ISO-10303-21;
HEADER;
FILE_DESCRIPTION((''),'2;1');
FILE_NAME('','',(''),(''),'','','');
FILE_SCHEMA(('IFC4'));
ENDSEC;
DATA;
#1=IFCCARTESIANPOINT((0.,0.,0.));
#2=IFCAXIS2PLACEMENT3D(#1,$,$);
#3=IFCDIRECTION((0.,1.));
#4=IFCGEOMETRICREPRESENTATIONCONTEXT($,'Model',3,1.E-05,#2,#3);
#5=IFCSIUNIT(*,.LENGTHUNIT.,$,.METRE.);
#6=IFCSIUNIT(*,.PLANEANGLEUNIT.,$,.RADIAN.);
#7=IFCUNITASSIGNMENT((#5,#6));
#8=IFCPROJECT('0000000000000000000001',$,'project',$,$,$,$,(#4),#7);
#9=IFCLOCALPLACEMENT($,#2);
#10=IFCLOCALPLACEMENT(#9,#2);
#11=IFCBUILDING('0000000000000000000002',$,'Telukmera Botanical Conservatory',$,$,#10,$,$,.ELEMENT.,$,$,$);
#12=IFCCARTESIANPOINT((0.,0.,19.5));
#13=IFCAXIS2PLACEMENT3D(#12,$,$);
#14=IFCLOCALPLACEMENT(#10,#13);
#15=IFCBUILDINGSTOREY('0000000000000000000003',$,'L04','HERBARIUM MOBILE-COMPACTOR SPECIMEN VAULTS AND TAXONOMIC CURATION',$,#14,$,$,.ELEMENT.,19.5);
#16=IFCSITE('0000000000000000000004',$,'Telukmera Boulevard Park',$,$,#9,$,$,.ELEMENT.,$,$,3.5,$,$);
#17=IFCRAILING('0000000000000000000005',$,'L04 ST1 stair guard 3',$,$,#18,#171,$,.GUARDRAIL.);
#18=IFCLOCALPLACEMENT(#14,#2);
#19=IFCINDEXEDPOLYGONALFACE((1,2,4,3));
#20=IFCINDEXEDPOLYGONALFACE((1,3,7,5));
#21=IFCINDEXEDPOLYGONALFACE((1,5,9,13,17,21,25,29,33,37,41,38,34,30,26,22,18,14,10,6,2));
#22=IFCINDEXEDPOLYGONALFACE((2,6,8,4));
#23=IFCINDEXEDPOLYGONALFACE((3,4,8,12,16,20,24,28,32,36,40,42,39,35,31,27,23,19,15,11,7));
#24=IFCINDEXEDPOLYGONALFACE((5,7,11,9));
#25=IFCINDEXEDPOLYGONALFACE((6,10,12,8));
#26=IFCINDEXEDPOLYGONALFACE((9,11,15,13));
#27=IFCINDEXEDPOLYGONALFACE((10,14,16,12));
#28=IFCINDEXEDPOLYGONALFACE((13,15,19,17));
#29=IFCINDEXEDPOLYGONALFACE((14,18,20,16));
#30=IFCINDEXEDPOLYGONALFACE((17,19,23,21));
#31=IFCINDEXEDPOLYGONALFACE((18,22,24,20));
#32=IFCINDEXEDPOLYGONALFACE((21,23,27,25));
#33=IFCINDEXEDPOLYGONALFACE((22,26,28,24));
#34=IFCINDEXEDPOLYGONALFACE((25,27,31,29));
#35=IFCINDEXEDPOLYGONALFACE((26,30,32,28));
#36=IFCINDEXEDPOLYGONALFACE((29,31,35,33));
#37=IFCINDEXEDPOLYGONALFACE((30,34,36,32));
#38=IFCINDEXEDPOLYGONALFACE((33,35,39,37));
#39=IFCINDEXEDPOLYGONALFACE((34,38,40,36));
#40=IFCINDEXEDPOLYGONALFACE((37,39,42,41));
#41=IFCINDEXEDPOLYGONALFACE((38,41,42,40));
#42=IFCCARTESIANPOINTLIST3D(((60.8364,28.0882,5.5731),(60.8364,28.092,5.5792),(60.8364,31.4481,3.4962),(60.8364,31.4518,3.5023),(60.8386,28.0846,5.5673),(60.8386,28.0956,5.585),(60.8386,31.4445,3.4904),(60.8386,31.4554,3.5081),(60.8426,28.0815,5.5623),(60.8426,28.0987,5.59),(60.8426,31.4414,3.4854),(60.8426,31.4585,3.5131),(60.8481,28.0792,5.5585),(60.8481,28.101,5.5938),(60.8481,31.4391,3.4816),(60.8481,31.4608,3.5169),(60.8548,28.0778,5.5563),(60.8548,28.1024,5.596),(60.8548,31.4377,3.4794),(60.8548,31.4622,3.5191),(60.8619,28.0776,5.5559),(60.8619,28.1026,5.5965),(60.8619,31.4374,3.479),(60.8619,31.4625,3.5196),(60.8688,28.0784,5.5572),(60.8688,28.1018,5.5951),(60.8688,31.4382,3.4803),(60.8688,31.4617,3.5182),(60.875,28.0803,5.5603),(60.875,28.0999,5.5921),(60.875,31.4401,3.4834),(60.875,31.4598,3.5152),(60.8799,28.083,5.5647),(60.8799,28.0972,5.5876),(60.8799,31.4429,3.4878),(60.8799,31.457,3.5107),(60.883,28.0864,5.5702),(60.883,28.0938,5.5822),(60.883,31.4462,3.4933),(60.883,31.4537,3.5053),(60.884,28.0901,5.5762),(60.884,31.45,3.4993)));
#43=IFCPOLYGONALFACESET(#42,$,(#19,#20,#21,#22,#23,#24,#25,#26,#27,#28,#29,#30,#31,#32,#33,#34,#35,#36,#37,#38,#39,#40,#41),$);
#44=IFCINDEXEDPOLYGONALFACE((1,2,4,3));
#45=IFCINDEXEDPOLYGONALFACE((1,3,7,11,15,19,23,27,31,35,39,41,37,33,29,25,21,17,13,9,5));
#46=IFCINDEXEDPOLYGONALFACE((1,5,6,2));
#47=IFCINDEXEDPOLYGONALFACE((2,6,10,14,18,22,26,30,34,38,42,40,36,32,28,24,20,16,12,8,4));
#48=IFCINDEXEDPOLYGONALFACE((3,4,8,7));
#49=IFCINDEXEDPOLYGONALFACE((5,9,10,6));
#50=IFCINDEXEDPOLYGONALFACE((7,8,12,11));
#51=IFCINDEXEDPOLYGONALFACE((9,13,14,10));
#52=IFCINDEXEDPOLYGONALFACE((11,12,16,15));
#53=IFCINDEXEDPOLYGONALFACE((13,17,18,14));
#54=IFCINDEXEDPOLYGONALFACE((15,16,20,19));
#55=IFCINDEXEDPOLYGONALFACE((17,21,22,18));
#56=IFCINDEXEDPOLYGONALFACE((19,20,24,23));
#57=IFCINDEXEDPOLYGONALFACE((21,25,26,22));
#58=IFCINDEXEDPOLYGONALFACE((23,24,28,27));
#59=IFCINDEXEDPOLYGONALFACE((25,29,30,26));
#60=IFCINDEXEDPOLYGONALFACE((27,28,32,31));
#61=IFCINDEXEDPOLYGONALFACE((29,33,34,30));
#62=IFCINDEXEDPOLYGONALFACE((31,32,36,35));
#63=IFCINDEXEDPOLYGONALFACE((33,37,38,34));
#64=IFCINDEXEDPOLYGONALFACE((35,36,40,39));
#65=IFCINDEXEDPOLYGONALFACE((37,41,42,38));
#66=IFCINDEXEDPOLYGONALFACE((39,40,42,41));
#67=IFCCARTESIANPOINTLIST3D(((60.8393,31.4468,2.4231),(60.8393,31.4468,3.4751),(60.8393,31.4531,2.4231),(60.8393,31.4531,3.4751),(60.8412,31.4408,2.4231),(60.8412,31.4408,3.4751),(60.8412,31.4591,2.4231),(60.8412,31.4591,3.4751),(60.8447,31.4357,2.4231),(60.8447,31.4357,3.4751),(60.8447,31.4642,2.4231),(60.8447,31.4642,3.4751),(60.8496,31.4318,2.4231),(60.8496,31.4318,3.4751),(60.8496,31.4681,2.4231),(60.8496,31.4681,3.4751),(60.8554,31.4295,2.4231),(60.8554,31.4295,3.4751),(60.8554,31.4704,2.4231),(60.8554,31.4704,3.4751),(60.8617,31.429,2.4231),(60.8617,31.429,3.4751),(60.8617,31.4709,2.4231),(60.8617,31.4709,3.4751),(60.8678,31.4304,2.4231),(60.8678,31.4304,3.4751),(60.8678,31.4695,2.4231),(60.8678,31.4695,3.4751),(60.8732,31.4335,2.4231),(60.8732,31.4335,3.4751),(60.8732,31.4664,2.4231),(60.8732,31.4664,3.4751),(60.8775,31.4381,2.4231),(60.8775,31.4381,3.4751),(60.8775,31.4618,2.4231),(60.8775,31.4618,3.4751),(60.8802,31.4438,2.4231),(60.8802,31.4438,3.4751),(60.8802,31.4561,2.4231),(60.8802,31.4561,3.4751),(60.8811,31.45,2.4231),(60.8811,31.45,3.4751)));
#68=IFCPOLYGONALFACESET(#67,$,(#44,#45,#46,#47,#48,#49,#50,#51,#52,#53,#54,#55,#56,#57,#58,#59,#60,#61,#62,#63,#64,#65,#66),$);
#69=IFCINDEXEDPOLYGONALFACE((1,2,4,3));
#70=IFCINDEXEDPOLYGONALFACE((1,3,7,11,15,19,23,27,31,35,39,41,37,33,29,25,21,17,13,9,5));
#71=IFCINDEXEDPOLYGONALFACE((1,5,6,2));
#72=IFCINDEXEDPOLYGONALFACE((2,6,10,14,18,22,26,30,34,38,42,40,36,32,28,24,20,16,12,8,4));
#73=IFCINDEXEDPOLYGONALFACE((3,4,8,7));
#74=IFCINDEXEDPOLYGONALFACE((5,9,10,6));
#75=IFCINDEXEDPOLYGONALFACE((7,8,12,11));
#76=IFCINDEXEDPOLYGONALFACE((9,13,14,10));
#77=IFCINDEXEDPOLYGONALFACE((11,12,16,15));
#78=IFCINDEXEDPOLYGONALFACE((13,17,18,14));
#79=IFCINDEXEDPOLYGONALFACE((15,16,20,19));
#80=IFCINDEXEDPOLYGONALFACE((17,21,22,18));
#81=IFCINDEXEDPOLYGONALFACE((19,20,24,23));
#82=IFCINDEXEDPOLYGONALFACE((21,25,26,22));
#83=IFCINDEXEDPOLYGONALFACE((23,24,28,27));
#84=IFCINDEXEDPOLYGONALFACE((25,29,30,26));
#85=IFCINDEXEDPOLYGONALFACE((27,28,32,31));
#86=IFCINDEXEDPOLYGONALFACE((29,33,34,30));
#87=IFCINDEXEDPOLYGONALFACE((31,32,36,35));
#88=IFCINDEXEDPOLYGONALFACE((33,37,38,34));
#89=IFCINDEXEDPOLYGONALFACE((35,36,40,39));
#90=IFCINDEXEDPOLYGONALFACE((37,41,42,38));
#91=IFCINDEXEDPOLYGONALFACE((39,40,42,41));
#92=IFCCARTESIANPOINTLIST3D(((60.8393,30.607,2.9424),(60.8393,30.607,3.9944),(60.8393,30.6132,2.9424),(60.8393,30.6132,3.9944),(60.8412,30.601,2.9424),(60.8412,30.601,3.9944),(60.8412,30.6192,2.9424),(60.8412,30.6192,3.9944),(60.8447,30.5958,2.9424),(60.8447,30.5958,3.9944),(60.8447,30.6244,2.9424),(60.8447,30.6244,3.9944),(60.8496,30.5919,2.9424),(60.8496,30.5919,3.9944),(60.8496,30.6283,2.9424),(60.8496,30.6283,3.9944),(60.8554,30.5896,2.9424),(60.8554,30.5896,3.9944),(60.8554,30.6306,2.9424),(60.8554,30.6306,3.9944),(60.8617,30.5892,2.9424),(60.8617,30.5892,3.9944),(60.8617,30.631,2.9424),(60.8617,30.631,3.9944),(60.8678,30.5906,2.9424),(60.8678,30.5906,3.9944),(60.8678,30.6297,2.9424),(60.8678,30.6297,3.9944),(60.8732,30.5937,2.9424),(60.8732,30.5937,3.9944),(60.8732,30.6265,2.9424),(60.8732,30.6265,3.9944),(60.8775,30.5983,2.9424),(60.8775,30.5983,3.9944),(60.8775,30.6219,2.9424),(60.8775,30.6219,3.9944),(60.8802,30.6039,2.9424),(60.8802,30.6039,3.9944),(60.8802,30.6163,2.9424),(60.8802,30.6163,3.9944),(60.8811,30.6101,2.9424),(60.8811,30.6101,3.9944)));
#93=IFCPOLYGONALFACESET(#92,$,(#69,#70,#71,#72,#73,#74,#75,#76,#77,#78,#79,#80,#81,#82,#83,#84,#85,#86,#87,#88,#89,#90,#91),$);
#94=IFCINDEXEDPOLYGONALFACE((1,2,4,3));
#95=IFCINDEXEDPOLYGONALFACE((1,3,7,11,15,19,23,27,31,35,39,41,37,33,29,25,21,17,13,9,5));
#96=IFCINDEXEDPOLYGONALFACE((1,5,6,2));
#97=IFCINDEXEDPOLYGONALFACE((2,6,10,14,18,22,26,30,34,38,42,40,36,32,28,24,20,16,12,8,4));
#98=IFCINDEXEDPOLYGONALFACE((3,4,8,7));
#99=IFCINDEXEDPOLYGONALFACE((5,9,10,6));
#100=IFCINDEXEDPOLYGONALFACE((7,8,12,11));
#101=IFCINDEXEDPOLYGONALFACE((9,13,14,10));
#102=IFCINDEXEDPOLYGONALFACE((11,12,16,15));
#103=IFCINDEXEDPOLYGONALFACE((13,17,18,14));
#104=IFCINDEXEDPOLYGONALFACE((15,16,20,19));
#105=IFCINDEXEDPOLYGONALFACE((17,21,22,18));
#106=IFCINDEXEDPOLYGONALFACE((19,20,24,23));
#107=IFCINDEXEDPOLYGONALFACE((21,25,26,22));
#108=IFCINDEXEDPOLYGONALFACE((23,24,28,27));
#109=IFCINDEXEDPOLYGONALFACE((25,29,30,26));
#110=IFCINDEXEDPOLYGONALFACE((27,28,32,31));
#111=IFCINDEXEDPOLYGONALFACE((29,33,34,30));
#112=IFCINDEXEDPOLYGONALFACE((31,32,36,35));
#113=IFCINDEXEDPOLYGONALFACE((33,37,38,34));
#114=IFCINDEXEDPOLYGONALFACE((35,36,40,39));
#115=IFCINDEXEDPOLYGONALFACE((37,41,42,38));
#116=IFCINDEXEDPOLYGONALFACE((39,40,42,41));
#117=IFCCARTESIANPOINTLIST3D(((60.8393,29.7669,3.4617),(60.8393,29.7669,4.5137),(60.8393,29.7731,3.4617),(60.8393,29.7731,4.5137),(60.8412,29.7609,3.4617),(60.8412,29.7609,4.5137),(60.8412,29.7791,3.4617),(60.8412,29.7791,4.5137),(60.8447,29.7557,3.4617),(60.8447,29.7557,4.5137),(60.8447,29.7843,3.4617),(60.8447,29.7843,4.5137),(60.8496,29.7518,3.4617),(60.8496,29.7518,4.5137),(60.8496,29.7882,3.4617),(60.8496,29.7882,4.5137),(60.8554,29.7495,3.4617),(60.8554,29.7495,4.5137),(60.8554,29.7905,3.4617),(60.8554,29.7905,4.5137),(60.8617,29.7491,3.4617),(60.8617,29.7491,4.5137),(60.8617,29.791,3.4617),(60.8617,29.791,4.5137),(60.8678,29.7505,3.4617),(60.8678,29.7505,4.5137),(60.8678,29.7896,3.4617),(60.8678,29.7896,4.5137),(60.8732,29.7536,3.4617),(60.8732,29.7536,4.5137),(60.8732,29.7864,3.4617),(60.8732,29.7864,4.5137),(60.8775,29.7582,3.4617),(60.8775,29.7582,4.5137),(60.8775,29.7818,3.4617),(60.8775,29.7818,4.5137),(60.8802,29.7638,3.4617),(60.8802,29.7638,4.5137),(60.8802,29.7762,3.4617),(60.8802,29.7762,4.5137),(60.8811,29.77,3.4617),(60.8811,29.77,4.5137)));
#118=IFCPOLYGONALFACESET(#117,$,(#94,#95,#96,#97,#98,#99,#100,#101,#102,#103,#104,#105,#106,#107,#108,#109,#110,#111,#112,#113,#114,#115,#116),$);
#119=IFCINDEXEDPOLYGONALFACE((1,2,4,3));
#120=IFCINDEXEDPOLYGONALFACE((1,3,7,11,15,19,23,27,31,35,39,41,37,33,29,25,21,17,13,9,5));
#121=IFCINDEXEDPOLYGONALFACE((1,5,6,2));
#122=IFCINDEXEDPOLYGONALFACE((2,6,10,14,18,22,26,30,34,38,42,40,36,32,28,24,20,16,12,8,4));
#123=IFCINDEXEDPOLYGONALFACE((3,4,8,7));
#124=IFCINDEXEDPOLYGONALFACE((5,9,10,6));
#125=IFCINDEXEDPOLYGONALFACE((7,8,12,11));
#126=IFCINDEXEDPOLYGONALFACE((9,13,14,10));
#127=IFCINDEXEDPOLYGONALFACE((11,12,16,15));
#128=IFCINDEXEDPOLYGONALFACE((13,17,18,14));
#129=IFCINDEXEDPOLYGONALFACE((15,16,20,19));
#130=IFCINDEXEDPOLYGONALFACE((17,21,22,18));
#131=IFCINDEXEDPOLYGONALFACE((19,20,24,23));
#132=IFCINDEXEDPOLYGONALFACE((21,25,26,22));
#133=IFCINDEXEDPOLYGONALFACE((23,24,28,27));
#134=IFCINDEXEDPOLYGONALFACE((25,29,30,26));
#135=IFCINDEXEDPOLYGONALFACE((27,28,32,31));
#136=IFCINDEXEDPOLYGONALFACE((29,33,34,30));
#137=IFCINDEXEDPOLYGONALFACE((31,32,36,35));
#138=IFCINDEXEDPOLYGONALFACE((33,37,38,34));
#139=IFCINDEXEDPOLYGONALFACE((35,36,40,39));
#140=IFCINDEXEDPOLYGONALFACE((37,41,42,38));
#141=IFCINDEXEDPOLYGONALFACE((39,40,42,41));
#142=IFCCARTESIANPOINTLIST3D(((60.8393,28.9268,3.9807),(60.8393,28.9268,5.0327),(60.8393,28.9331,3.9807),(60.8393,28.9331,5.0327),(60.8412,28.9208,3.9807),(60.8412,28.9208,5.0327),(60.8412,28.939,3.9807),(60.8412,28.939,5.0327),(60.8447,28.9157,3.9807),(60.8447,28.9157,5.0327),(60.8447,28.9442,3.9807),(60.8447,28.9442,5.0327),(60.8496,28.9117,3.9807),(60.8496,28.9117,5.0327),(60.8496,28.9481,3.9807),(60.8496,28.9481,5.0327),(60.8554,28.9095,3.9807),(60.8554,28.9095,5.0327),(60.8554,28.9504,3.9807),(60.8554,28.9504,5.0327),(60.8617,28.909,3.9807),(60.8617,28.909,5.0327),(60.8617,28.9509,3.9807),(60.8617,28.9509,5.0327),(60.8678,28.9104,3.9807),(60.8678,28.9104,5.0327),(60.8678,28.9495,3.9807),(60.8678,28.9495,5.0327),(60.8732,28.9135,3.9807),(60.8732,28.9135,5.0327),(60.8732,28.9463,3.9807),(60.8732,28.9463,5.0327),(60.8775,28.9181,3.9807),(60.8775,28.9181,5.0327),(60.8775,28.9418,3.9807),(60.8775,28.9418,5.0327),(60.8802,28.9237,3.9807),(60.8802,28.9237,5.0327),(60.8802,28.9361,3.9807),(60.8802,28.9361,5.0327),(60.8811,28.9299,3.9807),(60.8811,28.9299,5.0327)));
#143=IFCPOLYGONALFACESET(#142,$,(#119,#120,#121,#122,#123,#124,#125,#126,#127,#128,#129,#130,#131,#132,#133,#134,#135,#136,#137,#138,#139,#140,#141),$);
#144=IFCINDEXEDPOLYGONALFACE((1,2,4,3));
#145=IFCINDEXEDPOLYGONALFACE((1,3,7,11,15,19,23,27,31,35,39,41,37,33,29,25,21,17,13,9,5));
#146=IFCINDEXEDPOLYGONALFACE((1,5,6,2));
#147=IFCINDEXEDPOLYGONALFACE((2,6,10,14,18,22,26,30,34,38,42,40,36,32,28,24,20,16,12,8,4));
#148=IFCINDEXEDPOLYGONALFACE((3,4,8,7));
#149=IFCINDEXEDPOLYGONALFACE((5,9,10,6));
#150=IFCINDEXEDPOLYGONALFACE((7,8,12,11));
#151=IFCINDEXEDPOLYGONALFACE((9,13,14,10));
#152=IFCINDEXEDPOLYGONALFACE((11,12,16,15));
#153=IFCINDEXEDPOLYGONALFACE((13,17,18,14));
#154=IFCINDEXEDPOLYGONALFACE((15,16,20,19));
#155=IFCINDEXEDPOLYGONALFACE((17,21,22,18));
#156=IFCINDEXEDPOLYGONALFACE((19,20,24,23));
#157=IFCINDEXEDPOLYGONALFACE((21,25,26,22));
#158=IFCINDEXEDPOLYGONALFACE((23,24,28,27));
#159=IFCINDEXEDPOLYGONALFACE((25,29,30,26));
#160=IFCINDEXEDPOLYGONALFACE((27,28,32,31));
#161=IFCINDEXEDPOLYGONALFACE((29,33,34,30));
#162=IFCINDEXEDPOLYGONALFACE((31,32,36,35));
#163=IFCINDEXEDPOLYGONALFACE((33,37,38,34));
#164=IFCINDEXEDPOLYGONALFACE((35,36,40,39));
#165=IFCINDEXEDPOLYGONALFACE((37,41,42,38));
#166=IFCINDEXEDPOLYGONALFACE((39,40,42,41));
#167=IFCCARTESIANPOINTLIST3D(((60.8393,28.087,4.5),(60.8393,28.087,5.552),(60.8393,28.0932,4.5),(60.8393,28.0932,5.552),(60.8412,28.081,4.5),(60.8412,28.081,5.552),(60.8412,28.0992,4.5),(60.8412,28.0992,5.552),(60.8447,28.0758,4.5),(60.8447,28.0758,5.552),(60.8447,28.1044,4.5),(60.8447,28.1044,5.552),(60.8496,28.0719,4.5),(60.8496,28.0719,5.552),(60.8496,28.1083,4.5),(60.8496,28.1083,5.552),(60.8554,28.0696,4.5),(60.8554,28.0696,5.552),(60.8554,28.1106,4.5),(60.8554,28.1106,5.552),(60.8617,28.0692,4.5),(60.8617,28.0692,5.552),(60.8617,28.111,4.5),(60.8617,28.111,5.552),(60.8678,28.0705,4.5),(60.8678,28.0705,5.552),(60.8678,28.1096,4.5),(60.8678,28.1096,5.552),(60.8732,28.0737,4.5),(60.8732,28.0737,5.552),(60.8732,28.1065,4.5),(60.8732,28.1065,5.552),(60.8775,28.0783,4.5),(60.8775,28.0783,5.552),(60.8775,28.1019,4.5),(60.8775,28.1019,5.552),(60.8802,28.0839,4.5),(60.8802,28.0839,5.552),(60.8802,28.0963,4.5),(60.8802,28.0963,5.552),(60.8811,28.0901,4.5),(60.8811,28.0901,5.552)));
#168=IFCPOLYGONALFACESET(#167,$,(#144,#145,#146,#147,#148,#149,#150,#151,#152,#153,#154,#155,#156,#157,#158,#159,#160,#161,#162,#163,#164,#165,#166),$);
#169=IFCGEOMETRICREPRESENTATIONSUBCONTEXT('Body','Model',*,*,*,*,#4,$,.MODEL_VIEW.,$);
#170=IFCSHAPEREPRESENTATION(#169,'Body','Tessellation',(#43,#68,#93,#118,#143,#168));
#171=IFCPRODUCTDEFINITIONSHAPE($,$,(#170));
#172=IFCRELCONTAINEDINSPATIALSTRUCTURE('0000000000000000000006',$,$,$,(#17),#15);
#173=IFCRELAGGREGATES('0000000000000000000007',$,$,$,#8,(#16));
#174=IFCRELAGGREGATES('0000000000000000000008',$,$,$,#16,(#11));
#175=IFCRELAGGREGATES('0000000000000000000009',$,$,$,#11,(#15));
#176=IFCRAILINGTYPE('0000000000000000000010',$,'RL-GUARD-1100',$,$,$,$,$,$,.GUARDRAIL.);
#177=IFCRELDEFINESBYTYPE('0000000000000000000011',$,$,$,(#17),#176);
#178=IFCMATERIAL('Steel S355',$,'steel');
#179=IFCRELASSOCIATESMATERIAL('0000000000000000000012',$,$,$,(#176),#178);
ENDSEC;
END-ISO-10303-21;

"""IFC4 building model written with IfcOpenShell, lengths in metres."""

from ifc_helpers import new_model, si_unit, direction, frame, origin, origin_2d, place, context, subcontext, project, spatial, circle, extrude, material, type_object, element, save


model = new_model("IFC4")

# Units and contexts
model_context = context("Model", 3, precision=1e-05, world=origin(), true_north=direction((0.0, 1.0)))
body_context = subcontext(model_context, "Body", "Model", "MODEL_VIEW")
ifc_project = project(units=[si_unit("LENGTHUNIT", "METRE"), si_unit("PLANEANGLEUNIT", "RADIAN")], contexts=[model_context])

# Site, building, storey
site_placement = place(None, origin())
site = spatial("IfcSite", under=ifc_project, at=site_placement, Name="Telukmera Boulevard Park", CompositionType="ELEMENT", RefElevation=3.5)
building_placement = place(site_placement, origin())
building = spatial("IfcBuilding", under=site, at=building_placement, Name="Telukmera Botanical Conservatory", CompositionType="ELEMENT")
storey_placement = place(building_placement, frame((0.0, 0.0, 19.5)))
storey = spatial("IfcBuildingStorey", under=building, at=storey_placement, Name="L04", Description="HERBARIUM MOBILE-COMPACTOR SPECIMEN VAULTS AND TAXONOMIC CURATION", CompositionType="ELEMENT", Elevation=19.5)

# Railing
ifc_material_1 = material(Name="Steel S355", Category="steel")
railing_type_1 = type_object("IfcRailingType", Name="RL-GUARD-1100", PredefinedType="GUARDRAIL", material=ifc_material_1)
railing_1_placement = place(storey_placement, frame((60.8601, 31.45, 2.4231)))
element("IfcRailing", 1, at=railing_1_placement, inside=storey, type_object=railing_type_1, Name="L04 ST1 stair guard 3", PredefinedType="GUARDRAIL", context=body_context, shape_type="SweptSolid", body=[
    extrude(circle(Radius=0.0239, at=origin_2d()), frame((0.0, 0.0, 1.0762), z_axis=(0.0, -0.850606, 0.525803), x_axis=(1.0, 0.0, 0.0)), (0.0, 0.0, 1.0), 3.95),
    extrude(circle(Radius=0.021, at=origin_2d()), origin(), (0.0, 0.0, 1.0), 1.052),
    extrude(circle(Radius=0.021, at=origin_2d()), frame((0.0, -0.8398, 0.5193)), (0.0, 0.0, 1.0), 1.052),
    extrude(circle(Radius=0.021, at=origin_2d()), frame((0.0, -1.6799, 1.0386)), (0.0, 0.0, 1.0), 1.052),
    extrude(circle(Radius=0.021, at=origin_2d()), frame((0.0, -2.52, 1.5576)), (0.0, 0.0, 1.0), 1.052),
    extrude(circle(Radius=0.021, at=origin_2d()), frame((0.0, -3.3599, 2.0769)), (0.0, 0.0, 1.0), 1.052),
])

save(model, "model.ifc")
